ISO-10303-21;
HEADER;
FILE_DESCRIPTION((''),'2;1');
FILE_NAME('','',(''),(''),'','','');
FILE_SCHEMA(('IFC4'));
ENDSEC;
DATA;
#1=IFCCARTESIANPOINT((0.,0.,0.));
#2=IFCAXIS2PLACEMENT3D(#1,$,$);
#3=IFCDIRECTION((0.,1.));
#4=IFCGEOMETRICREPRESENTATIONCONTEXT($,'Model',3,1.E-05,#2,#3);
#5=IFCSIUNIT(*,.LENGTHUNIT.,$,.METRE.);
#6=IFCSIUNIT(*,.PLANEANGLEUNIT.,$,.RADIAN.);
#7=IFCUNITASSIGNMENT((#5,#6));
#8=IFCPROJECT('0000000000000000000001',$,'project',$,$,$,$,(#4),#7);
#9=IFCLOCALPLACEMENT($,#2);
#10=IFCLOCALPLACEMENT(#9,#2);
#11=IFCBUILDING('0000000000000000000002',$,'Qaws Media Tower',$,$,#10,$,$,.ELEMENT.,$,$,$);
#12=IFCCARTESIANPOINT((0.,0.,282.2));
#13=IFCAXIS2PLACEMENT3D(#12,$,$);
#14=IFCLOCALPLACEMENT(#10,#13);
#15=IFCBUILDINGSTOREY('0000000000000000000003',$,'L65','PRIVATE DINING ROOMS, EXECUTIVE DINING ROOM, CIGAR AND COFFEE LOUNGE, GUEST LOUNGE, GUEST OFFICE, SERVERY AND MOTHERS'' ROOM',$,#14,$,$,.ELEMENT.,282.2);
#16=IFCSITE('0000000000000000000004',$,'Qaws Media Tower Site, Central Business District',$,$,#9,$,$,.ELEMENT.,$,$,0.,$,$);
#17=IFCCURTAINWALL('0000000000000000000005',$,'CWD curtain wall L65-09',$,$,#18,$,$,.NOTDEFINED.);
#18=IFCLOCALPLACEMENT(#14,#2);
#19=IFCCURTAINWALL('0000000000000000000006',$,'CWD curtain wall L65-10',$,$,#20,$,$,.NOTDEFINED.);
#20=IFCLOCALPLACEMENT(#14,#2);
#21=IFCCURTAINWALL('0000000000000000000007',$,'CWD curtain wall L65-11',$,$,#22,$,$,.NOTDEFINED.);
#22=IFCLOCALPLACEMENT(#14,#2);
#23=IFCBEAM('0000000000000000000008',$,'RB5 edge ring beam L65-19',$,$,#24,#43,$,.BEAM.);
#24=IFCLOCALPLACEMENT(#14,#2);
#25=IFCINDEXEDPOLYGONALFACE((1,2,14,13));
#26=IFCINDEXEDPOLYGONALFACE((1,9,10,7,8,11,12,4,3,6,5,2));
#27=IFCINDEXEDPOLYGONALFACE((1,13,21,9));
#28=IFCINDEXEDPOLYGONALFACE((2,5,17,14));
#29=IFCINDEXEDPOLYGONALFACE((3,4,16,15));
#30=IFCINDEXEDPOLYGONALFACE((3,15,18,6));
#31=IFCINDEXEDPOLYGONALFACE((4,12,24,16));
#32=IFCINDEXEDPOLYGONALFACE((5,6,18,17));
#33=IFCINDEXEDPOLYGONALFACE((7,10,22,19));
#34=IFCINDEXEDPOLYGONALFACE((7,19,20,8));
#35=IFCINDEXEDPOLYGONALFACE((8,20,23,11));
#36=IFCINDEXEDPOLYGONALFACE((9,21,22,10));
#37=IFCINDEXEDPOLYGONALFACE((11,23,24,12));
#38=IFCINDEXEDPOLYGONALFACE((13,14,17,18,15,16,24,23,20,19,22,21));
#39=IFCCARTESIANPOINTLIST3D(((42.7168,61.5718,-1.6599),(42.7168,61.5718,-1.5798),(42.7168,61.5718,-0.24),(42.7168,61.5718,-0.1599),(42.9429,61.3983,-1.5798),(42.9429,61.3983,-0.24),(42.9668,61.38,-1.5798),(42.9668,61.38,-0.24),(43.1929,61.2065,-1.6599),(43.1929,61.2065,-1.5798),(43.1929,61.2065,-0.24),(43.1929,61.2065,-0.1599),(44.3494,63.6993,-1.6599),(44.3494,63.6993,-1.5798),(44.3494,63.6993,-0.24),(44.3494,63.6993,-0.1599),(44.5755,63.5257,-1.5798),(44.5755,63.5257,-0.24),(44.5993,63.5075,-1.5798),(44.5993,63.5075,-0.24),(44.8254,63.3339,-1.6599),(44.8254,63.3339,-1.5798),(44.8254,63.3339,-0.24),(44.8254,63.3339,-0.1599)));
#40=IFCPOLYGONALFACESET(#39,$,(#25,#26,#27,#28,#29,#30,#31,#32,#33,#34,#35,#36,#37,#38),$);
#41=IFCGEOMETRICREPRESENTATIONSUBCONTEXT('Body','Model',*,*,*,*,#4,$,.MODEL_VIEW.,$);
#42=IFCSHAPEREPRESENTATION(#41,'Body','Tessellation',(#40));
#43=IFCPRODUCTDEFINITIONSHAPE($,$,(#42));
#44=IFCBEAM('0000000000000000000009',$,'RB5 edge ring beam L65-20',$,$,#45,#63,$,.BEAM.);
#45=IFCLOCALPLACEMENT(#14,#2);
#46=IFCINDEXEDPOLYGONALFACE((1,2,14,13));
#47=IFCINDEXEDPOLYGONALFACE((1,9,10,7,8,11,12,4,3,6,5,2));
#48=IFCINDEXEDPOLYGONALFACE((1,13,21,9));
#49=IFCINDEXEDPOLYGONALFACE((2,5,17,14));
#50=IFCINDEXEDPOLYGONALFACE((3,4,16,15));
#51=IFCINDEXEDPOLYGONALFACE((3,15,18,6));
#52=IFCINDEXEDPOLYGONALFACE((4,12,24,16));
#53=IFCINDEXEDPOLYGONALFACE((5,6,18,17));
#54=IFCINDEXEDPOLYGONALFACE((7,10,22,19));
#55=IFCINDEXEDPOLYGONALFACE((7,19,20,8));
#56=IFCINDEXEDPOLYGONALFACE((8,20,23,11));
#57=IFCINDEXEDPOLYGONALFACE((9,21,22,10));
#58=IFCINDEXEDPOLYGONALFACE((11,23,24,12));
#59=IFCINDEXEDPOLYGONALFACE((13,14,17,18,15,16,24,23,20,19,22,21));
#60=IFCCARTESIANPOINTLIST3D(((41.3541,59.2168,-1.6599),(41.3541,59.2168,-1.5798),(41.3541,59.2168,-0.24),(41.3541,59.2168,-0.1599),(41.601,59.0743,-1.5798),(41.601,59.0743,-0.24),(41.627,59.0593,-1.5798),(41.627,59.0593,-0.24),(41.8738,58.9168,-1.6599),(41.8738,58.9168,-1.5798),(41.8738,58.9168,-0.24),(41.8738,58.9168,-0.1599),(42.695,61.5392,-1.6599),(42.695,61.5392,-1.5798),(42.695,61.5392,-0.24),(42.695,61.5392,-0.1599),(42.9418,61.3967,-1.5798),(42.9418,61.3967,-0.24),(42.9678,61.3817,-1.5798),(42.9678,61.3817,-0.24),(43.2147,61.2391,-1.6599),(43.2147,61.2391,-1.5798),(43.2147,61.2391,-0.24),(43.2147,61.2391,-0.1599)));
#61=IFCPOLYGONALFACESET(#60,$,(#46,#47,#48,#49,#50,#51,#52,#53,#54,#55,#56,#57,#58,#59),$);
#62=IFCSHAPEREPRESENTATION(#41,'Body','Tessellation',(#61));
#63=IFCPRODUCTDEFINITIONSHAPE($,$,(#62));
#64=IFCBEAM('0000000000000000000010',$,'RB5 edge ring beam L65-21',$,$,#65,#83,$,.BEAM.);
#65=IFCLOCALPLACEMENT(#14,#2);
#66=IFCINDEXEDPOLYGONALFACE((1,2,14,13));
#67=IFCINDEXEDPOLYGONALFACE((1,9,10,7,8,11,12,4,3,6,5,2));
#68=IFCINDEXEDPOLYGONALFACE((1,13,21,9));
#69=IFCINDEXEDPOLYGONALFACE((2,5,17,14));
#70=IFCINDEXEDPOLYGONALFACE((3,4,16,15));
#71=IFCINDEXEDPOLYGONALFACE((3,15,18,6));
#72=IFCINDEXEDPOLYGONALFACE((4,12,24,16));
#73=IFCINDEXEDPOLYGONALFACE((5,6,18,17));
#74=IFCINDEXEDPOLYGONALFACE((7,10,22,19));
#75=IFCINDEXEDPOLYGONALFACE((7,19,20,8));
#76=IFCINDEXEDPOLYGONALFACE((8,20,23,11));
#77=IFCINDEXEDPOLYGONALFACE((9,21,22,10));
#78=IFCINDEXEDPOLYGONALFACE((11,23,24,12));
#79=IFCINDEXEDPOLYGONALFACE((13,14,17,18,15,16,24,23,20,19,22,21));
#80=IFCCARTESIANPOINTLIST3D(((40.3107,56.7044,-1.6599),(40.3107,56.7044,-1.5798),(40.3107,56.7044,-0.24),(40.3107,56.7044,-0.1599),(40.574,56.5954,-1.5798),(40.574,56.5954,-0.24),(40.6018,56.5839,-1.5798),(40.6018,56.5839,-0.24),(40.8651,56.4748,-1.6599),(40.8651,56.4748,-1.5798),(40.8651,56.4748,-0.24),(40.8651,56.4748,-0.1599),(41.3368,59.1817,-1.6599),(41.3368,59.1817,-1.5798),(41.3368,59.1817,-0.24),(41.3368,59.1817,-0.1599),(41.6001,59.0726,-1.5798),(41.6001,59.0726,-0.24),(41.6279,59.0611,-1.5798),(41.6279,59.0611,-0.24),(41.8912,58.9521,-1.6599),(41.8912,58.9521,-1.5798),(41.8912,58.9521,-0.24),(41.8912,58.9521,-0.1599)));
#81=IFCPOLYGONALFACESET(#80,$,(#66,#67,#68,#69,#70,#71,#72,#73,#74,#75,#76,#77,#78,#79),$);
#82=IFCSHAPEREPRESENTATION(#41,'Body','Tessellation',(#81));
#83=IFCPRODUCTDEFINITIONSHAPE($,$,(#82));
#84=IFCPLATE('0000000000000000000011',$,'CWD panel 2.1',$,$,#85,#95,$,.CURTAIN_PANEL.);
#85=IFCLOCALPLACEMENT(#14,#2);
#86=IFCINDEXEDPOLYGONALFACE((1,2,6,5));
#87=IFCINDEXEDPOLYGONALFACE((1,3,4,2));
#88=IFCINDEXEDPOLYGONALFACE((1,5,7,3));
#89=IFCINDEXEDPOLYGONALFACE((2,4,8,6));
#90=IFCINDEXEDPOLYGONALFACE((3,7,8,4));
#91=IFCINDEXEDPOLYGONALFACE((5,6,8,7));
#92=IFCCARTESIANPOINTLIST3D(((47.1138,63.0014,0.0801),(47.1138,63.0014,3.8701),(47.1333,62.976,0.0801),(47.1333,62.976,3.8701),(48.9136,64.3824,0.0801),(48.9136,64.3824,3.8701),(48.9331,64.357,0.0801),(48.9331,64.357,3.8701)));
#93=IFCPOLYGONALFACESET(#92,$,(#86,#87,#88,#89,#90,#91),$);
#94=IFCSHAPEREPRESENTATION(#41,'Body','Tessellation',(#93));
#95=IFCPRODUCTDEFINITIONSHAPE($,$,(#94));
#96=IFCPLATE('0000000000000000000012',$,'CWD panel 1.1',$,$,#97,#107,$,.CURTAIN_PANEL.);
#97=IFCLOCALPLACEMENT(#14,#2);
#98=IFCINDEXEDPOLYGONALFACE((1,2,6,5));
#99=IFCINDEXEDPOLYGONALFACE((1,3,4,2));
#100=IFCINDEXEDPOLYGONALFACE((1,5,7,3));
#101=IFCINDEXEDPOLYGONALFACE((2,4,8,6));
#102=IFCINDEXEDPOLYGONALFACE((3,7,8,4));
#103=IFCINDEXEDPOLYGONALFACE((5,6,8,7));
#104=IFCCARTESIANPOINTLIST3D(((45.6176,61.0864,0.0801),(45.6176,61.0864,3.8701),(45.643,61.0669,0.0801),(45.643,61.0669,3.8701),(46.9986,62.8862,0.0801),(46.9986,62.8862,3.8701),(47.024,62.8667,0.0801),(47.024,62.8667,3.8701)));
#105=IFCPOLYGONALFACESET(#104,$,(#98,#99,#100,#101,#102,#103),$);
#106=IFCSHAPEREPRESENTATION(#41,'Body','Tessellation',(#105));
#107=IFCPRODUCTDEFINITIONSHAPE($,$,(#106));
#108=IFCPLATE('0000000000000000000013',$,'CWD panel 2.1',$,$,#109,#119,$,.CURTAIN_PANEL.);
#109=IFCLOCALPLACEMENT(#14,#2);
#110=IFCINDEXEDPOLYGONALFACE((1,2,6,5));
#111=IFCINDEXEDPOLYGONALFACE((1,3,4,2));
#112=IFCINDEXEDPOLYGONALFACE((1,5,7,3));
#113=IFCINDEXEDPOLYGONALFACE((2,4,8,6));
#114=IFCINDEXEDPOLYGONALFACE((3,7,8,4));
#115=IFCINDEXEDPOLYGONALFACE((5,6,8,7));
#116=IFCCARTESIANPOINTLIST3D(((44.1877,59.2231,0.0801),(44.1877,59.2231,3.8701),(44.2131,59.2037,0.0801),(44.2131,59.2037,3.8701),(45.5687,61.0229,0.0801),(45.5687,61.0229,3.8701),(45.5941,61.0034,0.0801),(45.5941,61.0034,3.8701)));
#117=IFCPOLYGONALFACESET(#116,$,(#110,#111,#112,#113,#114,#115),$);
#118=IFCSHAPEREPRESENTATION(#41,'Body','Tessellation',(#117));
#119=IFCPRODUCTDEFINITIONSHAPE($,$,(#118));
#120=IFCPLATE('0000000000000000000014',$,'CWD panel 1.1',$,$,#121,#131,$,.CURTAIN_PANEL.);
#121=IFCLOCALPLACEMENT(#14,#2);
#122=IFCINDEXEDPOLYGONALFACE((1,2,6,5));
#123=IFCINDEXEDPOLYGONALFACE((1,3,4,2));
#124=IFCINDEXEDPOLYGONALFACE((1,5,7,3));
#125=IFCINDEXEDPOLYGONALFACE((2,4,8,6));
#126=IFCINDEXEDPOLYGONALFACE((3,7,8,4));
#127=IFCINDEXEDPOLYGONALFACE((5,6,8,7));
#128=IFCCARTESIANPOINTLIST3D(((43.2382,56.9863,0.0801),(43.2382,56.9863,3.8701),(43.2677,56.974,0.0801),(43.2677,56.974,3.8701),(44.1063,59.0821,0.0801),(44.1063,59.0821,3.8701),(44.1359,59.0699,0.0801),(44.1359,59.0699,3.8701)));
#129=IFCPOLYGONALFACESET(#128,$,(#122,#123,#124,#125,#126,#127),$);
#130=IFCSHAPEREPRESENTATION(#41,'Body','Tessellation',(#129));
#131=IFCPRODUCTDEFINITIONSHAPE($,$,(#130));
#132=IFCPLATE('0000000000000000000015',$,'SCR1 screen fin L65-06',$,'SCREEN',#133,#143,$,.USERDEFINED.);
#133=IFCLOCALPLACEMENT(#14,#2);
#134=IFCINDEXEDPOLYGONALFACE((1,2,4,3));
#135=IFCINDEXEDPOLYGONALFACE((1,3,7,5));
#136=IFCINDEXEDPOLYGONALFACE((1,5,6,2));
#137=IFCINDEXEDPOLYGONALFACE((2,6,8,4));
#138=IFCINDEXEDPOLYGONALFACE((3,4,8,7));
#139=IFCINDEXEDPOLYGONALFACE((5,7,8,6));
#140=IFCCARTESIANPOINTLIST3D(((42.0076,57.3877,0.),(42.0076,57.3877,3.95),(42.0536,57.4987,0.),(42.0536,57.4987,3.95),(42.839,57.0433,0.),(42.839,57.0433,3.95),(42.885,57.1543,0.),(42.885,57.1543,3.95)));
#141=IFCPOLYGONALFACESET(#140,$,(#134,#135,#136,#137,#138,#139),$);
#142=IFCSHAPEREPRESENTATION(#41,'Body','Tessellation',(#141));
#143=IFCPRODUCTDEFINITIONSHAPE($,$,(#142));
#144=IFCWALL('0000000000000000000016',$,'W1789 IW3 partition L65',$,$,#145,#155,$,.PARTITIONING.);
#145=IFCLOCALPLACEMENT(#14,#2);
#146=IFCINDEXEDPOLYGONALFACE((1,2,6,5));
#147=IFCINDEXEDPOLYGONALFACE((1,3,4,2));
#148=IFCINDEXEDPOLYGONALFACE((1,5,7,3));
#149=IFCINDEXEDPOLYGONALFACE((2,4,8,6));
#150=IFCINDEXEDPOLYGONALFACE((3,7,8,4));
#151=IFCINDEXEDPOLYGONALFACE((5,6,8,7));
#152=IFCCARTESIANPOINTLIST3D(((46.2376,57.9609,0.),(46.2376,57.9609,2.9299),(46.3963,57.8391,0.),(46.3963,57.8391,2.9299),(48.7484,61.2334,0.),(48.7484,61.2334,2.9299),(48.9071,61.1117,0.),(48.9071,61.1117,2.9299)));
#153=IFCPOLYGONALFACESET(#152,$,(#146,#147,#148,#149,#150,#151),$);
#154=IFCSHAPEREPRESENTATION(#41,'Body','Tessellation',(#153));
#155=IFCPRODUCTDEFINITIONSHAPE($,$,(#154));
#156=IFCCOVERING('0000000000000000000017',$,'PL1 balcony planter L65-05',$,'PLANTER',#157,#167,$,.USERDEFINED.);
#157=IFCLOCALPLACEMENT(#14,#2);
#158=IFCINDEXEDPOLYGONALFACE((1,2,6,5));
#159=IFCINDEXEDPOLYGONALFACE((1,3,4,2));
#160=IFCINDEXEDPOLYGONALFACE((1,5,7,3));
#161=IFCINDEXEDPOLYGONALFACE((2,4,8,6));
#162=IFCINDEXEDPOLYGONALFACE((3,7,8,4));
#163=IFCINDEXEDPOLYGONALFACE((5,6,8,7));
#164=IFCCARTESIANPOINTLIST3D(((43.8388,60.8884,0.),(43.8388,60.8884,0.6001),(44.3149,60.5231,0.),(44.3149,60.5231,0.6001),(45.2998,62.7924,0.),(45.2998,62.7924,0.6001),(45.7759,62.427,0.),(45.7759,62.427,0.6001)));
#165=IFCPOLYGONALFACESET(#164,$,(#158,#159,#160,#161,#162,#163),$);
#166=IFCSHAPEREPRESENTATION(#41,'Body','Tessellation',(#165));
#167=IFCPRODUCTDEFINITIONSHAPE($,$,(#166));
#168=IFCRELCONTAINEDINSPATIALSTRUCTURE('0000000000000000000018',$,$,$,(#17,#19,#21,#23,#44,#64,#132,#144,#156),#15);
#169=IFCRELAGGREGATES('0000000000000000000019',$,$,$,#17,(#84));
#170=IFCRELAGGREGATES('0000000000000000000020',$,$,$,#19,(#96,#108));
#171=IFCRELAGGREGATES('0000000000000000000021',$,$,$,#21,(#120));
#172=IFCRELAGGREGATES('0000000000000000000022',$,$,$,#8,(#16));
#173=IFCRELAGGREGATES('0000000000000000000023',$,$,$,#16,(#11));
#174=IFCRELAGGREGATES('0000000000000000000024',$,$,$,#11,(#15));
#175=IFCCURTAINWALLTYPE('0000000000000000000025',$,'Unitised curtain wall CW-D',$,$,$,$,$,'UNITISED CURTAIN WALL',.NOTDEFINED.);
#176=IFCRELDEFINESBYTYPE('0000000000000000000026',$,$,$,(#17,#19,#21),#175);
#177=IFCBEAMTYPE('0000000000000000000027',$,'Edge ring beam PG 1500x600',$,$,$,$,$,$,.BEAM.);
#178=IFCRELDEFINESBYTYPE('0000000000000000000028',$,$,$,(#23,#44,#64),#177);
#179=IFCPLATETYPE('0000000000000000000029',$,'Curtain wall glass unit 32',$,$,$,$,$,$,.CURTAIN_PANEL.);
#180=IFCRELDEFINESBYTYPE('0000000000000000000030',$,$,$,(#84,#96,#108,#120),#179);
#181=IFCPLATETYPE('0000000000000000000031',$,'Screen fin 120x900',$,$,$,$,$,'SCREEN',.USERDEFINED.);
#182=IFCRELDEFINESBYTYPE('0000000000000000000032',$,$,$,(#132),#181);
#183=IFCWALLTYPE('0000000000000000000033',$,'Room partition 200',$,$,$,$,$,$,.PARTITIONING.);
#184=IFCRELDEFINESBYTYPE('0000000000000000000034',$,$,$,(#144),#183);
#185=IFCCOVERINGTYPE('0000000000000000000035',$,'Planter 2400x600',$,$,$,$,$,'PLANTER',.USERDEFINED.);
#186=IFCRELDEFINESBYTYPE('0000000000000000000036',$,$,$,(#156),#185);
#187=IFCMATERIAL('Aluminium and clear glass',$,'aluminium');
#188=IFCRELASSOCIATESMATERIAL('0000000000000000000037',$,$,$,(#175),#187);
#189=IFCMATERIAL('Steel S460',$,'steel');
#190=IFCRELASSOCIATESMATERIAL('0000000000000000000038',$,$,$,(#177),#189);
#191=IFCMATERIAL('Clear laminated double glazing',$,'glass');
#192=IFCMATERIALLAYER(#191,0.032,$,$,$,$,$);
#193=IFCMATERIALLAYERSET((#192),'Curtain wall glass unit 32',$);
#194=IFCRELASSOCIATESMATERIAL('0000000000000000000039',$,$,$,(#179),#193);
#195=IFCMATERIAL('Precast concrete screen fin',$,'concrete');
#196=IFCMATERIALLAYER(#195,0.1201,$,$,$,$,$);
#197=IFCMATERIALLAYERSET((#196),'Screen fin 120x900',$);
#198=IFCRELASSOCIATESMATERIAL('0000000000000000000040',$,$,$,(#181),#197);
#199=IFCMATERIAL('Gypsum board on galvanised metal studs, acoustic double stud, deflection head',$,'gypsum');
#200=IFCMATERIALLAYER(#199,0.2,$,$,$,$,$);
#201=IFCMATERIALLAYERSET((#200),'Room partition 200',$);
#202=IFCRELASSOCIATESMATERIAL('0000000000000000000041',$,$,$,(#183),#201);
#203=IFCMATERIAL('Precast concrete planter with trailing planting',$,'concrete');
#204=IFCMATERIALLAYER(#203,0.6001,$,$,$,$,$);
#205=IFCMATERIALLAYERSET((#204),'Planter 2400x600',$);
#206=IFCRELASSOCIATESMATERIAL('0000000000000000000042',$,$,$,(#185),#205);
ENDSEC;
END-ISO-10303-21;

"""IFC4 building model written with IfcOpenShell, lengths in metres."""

from ifc_helpers import new_model, si_unit, direction, frame, frame_2d, origin, origin_2d, place, context, subcontext, project, spatial, rectangle, i_section, extrude, material, layer, layer_set, material_profile, profile_set, type_object, element, aggregate, save


model = new_model("IFC4")

# Units and contexts
model_context = context("Model", 3, precision=1e-05, world=origin(), true_north=direction((0.0, 1.0)))
body_context = subcontext(model_context, "Body", "Model", "MODEL_VIEW")
ifc_project = project(units=[si_unit("LENGTHUNIT", "METRE"), si_unit("PLANEANGLEUNIT", "RADIAN")], contexts=[model_context])

# Site, building, storey
site_placement = place(None, origin())
site = spatial("IfcSite", under=ifc_project, at=site_placement, Name="Qaws Media Tower Site, Central Business District", CompositionType="ELEMENT", RefElevation=0.0)
building_placement = place(site_placement, origin())
building = spatial("IfcBuilding", under=site, at=building_placement, Name="Qaws Media Tower", CompositionType="ELEMENT")
storey_placement = place(building_placement, frame((0.0, 0.0, 282.2)))
storey = spatial("IfcBuildingStorey", under=building, at=storey_placement, Name="L65", Description="PRIVATE DINING ROOMS, EXECUTIVE DINING ROOM, CIGAR AND COFFEE LOUNGE, GUEST LOUNGE, GUEST OFFICE, SERVERY AND MOTHERS' ROOM", CompositionType="ELEMENT", Elevation=282.2)

# Curtain wall
ifc_material_1 = material(Name="Aluminium and clear glass", Category="aluminium")
curtain_wall_type = type_object("IfcCurtainWallType", Name="Unitised curtain wall CW-D", ElementType="UNITISED CURTAIN WALL", PredefinedType="NOTDEFINED", material=ifc_material_1)
curtain_wall_1_placement = place(storey_placement, origin())
curtain_wall_1 = element("IfcCurtainWall", 1, at=curtain_wall_1_placement, inside=storey, type_object=curtain_wall_type, Name="CWD curtain wall L65-09", PredefinedType="NOTDEFINED")

# Curtain walls
curtain_wall_2_placement = place(storey_placement, origin())
curtain_wall_2 = element("IfcCurtainWall", 2, at=curtain_wall_2_placement, inside=storey, type_object=curtain_wall_type, Name="CWD curtain wall L65-10", PredefinedType="NOTDEFINED")
curtain_wall_3_placement = place(storey_placement, origin())
curtain_wall_3 = element("IfcCurtainWall", 3, at=curtain_wall_3_placement, inside=storey, type_object=curtain_wall_type, Name="CWD curtain wall L65-11", PredefinedType="NOTDEFINED")

# Beams
ifc_material_2 = material(Name="Steel S460", Category="steel")
ifc_material_profile_1 = material_profile(ifc_material_2, i_section(OverallWidth=0.6001, OverallDepth=1.5, WebThickness=0.03, FlangeThickness=0.0801, at=origin_2d()), Name="PG 1500x600")
ifc_profile_set_1 = profile_set([ifc_material_profile_1], Name="Steel S460")
beam_type = type_object("IfcBeamType", Name="Edge ring beam PG 1500x600", PredefinedType="BEAM", material=ifc_profile_set_1)
for number, where, z_axis, x_axis, name in (
    (4, (44.5874, 63.5166, -0.9099), (-0.608791, -0.793331, 0.0), (0.793331, -0.608791, 0.0), "RB5 edge ring beam L65-19"),
    (5, (42.9548, 61.3892, -0.9099), (-0.500017, -0.866016, 0.0), (0.866016, -0.500017, 0.0), "RB5 edge ring beam L65-20"),
):
    element("IfcBeam", number, at=place(storey_placement, frame(where, z_axis=z_axis, x_axis=x_axis)), inside=storey, type_object=beam_type, Name=name, PredefinedType="BEAM", context=body_context, shape_type="SweptSolid", body=[
        extrude(i_section(OverallWidth=0.6001, OverallDepth=1.5, WebThickness=0.03, FlangeThickness=0.0801, at=origin_2d()), origin(), (0.0, 0.0, 1.0), 2.6816),
    ])
beam_1_placement = place(storey_placement, frame((41.614, 59.0669, -0.9099), z_axis=(-0.382681, -0.92388, 0.0), x_axis=(0.92388, -0.382681, 0.0)))
element("IfcBeam", 6, at=beam_1_placement, inside=storey, type_object=beam_type, Name="RB5 edge ring beam L65-21", PredefinedType="BEAM", context=body_context, shape_type="SweptSolid", body=[
    extrude(i_section(OverallWidth=0.6001, OverallDepth=1.5, WebThickness=0.03, FlangeThickness=0.0801, at=origin_2d()), origin(), (0.0, 0.0, 1.0), 2.6814),
])

# Plates
ifc_material_3 = material(Name="Clear laminated double glazing", Category="glass")
ifc_layer_1 = layer(ifc_material_3, 0.032)
ifc_layer_set_1 = layer_set([ifc_layer_1], Name="Curtain wall glass unit 32")
plate_type_1 = type_object("IfcPlateType", Name="Curtain wall glass unit 32", PredefinedType="CURTAIN_PANEL", material=ifc_layer_set_1)
plate_1_placement = place(storey_placement, frame((48.0234, 63.6792, 0.0801), z_axis=(0.0, 0.0, 1.0), x_axis=(-0.793353, -0.608761, 0.0)))
plate_1 = element("IfcPlate", 7, at=plate_1_placement, type_object=plate_type_1, Name="CWD panel 2.1", PredefinedType="CURTAIN_PANEL", context=body_context, shape_type="SweptSolid", body=[
    extrude(rectangle(XDim=2.2686, YDim=0.032, at=origin_2d()), origin(), (0.0, 0.0, 1.0), 3.79),
])
aggregate(curtain_wall_1, [plate_1])
plate_2_placement = place(storey_placement, frame((46.3208, 61.9766, 0.0801), z_axis=(0.0, 0.0, 1.0), x_axis=(-0.608761, -0.793353, 0.0)))
plate_2 = element("IfcPlate", 8, at=plate_2_placement, type_object=plate_type_1, Name="CWD panel 1.1", PredefinedType="CURTAIN_PANEL", context=body_context, shape_type="SweptSolid", body=[
    extrude(rectangle(XDim=2.2686, YDim=0.032, at=origin_2d()), origin(), (0.0, 0.0, 1.0), 3.79),
])
plate_3_placement = place(storey_placement, frame((44.8909, 60.1133, 0.0801), z_axis=(0.0, 0.0, 1.0), x_axis=(-0.608761, -0.793353, 0.0)))
plate_3 = element("IfcPlate", 9, at=plate_3_placement, type_object=plate_type_1, Name="CWD panel 2.1", PredefinedType="CURTAIN_PANEL", context=body_context, shape_type="SweptSolid", body=[
    extrude(rectangle(XDim=2.2686, YDim=0.032, at=origin_2d()), origin(), (0.0, 0.0, 1.0), 3.79),
])
aggregate(curtain_wall_2, [plate_2, plate_3])
plate_4_placement = place(storey_placement, frame((43.687, 58.0281, 0.0801), z_axis=(0.0, 0.0, 1.0), x_axis=(-0.382684, -0.923879, 0.0)))
plate_4 = element("IfcPlate", 10, at=plate_4_placement, type_object=plate_type_1, Name="CWD panel 1.1", PredefinedType="CURTAIN_PANEL", context=body_context, shape_type="SweptSolid", body=[
    extrude(rectangle(XDim=2.2686, YDim=0.032, at=origin_2d()), origin(), (0.0, 0.0, 1.0), 3.79),
])
aggregate(curtain_wall_3, [plate_4])
ifc_material_4 = material(Name="Precast concrete screen fin", Category="concrete")
ifc_layer_2 = layer(ifc_material_4, 0.1201)
ifc_layer_set_2 = layer_set([ifc_layer_2], Name="Screen fin 120x900")
plate_type_2 = type_object("IfcPlateType", Name="Screen fin 120x900", ElementType="SCREEN", PredefinedType="USERDEFINED", material=ifc_layer_set_2)
plate_5_placement = place(storey_placement, frame((42.4463, 57.271, 0.0), z_axis=(0.0, 0.0, 1.0), x_axis=(-0.92388, 0.382683, 0.0)))
element("IfcPlate", 11, at=plate_5_placement, inside=storey, type_object=plate_type_2, Name="SCR1 screen fin L65-06", ObjectType="SCREEN", PredefinedType="USERDEFINED", context=body_context, shape_type="SweptSolid", body=[
    extrude(rectangle(XDim=0.8999, YDim=0.1201, at=origin_2d()), origin(), (0.0, 0.0, 1.0), 3.95),
])

# Wall
ifc_material_5 = material(Name="Gypsum board on galvanised metal studs, acoustic double stud, deflection head", Category="gypsum")
ifc_layer_3 = layer(ifc_material_5, 0.2)
ifc_layer_set_3 = layer_set([ifc_layer_3], Name="Room partition 200")
wall_type = type_object("IfcWallType", Name="Room partition 200", PredefinedType="PARTITIONING", material=ifc_layer_set_3)
wall_placement = place(storey_placement, frame((46.3169, 57.8999, 0.0), z_axis=(0.0, 0.0, 1.0), x_axis=(0.608715, 0.793389, 0.0)))
element("IfcWall", 12, at=wall_placement, inside=storey, type_object=wall_type, Name="W1789 IW3 partition L65", PredefinedType="PARTITIONING", context=body_context, shape_type="SweptSolid", body=[
    extrude(rectangle(XDim=4.1248, YDim=0.2, at=frame_2d((2.0625, 0.0))), origin(), (0.0, 0.0, 1.0), 2.9299),
])

# Covering
ifc_material_6 = material(Name="Precast concrete planter with trailing planting", Category="concrete")
ifc_layer_4 = layer(ifc_material_6, 0.6001)
ifc_layer_set_4 = layer_set([ifc_layer_4], Name="Planter 2400x600")
covering_type = type_object("IfcCoveringType", Name="Planter 2400x600", ElementType="PLANTER", PredefinedType="USERDEFINED", material=ifc_layer_set_4)
covering_placement = place(storey_placement, frame((44.8074, 61.6577, 0.0), z_axis=(0.0, 0.0, 1.0), x_axis=(-0.608761, -0.793353, 0.0)))
element("IfcCovering", 13, at=covering_placement, inside=storey, type_object=covering_type, Name="PL1 balcony planter L65-05", ObjectType="PLANTER", PredefinedType="USERDEFINED", context=body_context, shape_type="SweptSolid", body=[
    extrude(rectangle(XDim=2.3999, YDim=0.6001, at=origin_2d()), origin(), (0.0, 0.0, 1.0), 0.6001),
])

save(model, "model.ifc")
